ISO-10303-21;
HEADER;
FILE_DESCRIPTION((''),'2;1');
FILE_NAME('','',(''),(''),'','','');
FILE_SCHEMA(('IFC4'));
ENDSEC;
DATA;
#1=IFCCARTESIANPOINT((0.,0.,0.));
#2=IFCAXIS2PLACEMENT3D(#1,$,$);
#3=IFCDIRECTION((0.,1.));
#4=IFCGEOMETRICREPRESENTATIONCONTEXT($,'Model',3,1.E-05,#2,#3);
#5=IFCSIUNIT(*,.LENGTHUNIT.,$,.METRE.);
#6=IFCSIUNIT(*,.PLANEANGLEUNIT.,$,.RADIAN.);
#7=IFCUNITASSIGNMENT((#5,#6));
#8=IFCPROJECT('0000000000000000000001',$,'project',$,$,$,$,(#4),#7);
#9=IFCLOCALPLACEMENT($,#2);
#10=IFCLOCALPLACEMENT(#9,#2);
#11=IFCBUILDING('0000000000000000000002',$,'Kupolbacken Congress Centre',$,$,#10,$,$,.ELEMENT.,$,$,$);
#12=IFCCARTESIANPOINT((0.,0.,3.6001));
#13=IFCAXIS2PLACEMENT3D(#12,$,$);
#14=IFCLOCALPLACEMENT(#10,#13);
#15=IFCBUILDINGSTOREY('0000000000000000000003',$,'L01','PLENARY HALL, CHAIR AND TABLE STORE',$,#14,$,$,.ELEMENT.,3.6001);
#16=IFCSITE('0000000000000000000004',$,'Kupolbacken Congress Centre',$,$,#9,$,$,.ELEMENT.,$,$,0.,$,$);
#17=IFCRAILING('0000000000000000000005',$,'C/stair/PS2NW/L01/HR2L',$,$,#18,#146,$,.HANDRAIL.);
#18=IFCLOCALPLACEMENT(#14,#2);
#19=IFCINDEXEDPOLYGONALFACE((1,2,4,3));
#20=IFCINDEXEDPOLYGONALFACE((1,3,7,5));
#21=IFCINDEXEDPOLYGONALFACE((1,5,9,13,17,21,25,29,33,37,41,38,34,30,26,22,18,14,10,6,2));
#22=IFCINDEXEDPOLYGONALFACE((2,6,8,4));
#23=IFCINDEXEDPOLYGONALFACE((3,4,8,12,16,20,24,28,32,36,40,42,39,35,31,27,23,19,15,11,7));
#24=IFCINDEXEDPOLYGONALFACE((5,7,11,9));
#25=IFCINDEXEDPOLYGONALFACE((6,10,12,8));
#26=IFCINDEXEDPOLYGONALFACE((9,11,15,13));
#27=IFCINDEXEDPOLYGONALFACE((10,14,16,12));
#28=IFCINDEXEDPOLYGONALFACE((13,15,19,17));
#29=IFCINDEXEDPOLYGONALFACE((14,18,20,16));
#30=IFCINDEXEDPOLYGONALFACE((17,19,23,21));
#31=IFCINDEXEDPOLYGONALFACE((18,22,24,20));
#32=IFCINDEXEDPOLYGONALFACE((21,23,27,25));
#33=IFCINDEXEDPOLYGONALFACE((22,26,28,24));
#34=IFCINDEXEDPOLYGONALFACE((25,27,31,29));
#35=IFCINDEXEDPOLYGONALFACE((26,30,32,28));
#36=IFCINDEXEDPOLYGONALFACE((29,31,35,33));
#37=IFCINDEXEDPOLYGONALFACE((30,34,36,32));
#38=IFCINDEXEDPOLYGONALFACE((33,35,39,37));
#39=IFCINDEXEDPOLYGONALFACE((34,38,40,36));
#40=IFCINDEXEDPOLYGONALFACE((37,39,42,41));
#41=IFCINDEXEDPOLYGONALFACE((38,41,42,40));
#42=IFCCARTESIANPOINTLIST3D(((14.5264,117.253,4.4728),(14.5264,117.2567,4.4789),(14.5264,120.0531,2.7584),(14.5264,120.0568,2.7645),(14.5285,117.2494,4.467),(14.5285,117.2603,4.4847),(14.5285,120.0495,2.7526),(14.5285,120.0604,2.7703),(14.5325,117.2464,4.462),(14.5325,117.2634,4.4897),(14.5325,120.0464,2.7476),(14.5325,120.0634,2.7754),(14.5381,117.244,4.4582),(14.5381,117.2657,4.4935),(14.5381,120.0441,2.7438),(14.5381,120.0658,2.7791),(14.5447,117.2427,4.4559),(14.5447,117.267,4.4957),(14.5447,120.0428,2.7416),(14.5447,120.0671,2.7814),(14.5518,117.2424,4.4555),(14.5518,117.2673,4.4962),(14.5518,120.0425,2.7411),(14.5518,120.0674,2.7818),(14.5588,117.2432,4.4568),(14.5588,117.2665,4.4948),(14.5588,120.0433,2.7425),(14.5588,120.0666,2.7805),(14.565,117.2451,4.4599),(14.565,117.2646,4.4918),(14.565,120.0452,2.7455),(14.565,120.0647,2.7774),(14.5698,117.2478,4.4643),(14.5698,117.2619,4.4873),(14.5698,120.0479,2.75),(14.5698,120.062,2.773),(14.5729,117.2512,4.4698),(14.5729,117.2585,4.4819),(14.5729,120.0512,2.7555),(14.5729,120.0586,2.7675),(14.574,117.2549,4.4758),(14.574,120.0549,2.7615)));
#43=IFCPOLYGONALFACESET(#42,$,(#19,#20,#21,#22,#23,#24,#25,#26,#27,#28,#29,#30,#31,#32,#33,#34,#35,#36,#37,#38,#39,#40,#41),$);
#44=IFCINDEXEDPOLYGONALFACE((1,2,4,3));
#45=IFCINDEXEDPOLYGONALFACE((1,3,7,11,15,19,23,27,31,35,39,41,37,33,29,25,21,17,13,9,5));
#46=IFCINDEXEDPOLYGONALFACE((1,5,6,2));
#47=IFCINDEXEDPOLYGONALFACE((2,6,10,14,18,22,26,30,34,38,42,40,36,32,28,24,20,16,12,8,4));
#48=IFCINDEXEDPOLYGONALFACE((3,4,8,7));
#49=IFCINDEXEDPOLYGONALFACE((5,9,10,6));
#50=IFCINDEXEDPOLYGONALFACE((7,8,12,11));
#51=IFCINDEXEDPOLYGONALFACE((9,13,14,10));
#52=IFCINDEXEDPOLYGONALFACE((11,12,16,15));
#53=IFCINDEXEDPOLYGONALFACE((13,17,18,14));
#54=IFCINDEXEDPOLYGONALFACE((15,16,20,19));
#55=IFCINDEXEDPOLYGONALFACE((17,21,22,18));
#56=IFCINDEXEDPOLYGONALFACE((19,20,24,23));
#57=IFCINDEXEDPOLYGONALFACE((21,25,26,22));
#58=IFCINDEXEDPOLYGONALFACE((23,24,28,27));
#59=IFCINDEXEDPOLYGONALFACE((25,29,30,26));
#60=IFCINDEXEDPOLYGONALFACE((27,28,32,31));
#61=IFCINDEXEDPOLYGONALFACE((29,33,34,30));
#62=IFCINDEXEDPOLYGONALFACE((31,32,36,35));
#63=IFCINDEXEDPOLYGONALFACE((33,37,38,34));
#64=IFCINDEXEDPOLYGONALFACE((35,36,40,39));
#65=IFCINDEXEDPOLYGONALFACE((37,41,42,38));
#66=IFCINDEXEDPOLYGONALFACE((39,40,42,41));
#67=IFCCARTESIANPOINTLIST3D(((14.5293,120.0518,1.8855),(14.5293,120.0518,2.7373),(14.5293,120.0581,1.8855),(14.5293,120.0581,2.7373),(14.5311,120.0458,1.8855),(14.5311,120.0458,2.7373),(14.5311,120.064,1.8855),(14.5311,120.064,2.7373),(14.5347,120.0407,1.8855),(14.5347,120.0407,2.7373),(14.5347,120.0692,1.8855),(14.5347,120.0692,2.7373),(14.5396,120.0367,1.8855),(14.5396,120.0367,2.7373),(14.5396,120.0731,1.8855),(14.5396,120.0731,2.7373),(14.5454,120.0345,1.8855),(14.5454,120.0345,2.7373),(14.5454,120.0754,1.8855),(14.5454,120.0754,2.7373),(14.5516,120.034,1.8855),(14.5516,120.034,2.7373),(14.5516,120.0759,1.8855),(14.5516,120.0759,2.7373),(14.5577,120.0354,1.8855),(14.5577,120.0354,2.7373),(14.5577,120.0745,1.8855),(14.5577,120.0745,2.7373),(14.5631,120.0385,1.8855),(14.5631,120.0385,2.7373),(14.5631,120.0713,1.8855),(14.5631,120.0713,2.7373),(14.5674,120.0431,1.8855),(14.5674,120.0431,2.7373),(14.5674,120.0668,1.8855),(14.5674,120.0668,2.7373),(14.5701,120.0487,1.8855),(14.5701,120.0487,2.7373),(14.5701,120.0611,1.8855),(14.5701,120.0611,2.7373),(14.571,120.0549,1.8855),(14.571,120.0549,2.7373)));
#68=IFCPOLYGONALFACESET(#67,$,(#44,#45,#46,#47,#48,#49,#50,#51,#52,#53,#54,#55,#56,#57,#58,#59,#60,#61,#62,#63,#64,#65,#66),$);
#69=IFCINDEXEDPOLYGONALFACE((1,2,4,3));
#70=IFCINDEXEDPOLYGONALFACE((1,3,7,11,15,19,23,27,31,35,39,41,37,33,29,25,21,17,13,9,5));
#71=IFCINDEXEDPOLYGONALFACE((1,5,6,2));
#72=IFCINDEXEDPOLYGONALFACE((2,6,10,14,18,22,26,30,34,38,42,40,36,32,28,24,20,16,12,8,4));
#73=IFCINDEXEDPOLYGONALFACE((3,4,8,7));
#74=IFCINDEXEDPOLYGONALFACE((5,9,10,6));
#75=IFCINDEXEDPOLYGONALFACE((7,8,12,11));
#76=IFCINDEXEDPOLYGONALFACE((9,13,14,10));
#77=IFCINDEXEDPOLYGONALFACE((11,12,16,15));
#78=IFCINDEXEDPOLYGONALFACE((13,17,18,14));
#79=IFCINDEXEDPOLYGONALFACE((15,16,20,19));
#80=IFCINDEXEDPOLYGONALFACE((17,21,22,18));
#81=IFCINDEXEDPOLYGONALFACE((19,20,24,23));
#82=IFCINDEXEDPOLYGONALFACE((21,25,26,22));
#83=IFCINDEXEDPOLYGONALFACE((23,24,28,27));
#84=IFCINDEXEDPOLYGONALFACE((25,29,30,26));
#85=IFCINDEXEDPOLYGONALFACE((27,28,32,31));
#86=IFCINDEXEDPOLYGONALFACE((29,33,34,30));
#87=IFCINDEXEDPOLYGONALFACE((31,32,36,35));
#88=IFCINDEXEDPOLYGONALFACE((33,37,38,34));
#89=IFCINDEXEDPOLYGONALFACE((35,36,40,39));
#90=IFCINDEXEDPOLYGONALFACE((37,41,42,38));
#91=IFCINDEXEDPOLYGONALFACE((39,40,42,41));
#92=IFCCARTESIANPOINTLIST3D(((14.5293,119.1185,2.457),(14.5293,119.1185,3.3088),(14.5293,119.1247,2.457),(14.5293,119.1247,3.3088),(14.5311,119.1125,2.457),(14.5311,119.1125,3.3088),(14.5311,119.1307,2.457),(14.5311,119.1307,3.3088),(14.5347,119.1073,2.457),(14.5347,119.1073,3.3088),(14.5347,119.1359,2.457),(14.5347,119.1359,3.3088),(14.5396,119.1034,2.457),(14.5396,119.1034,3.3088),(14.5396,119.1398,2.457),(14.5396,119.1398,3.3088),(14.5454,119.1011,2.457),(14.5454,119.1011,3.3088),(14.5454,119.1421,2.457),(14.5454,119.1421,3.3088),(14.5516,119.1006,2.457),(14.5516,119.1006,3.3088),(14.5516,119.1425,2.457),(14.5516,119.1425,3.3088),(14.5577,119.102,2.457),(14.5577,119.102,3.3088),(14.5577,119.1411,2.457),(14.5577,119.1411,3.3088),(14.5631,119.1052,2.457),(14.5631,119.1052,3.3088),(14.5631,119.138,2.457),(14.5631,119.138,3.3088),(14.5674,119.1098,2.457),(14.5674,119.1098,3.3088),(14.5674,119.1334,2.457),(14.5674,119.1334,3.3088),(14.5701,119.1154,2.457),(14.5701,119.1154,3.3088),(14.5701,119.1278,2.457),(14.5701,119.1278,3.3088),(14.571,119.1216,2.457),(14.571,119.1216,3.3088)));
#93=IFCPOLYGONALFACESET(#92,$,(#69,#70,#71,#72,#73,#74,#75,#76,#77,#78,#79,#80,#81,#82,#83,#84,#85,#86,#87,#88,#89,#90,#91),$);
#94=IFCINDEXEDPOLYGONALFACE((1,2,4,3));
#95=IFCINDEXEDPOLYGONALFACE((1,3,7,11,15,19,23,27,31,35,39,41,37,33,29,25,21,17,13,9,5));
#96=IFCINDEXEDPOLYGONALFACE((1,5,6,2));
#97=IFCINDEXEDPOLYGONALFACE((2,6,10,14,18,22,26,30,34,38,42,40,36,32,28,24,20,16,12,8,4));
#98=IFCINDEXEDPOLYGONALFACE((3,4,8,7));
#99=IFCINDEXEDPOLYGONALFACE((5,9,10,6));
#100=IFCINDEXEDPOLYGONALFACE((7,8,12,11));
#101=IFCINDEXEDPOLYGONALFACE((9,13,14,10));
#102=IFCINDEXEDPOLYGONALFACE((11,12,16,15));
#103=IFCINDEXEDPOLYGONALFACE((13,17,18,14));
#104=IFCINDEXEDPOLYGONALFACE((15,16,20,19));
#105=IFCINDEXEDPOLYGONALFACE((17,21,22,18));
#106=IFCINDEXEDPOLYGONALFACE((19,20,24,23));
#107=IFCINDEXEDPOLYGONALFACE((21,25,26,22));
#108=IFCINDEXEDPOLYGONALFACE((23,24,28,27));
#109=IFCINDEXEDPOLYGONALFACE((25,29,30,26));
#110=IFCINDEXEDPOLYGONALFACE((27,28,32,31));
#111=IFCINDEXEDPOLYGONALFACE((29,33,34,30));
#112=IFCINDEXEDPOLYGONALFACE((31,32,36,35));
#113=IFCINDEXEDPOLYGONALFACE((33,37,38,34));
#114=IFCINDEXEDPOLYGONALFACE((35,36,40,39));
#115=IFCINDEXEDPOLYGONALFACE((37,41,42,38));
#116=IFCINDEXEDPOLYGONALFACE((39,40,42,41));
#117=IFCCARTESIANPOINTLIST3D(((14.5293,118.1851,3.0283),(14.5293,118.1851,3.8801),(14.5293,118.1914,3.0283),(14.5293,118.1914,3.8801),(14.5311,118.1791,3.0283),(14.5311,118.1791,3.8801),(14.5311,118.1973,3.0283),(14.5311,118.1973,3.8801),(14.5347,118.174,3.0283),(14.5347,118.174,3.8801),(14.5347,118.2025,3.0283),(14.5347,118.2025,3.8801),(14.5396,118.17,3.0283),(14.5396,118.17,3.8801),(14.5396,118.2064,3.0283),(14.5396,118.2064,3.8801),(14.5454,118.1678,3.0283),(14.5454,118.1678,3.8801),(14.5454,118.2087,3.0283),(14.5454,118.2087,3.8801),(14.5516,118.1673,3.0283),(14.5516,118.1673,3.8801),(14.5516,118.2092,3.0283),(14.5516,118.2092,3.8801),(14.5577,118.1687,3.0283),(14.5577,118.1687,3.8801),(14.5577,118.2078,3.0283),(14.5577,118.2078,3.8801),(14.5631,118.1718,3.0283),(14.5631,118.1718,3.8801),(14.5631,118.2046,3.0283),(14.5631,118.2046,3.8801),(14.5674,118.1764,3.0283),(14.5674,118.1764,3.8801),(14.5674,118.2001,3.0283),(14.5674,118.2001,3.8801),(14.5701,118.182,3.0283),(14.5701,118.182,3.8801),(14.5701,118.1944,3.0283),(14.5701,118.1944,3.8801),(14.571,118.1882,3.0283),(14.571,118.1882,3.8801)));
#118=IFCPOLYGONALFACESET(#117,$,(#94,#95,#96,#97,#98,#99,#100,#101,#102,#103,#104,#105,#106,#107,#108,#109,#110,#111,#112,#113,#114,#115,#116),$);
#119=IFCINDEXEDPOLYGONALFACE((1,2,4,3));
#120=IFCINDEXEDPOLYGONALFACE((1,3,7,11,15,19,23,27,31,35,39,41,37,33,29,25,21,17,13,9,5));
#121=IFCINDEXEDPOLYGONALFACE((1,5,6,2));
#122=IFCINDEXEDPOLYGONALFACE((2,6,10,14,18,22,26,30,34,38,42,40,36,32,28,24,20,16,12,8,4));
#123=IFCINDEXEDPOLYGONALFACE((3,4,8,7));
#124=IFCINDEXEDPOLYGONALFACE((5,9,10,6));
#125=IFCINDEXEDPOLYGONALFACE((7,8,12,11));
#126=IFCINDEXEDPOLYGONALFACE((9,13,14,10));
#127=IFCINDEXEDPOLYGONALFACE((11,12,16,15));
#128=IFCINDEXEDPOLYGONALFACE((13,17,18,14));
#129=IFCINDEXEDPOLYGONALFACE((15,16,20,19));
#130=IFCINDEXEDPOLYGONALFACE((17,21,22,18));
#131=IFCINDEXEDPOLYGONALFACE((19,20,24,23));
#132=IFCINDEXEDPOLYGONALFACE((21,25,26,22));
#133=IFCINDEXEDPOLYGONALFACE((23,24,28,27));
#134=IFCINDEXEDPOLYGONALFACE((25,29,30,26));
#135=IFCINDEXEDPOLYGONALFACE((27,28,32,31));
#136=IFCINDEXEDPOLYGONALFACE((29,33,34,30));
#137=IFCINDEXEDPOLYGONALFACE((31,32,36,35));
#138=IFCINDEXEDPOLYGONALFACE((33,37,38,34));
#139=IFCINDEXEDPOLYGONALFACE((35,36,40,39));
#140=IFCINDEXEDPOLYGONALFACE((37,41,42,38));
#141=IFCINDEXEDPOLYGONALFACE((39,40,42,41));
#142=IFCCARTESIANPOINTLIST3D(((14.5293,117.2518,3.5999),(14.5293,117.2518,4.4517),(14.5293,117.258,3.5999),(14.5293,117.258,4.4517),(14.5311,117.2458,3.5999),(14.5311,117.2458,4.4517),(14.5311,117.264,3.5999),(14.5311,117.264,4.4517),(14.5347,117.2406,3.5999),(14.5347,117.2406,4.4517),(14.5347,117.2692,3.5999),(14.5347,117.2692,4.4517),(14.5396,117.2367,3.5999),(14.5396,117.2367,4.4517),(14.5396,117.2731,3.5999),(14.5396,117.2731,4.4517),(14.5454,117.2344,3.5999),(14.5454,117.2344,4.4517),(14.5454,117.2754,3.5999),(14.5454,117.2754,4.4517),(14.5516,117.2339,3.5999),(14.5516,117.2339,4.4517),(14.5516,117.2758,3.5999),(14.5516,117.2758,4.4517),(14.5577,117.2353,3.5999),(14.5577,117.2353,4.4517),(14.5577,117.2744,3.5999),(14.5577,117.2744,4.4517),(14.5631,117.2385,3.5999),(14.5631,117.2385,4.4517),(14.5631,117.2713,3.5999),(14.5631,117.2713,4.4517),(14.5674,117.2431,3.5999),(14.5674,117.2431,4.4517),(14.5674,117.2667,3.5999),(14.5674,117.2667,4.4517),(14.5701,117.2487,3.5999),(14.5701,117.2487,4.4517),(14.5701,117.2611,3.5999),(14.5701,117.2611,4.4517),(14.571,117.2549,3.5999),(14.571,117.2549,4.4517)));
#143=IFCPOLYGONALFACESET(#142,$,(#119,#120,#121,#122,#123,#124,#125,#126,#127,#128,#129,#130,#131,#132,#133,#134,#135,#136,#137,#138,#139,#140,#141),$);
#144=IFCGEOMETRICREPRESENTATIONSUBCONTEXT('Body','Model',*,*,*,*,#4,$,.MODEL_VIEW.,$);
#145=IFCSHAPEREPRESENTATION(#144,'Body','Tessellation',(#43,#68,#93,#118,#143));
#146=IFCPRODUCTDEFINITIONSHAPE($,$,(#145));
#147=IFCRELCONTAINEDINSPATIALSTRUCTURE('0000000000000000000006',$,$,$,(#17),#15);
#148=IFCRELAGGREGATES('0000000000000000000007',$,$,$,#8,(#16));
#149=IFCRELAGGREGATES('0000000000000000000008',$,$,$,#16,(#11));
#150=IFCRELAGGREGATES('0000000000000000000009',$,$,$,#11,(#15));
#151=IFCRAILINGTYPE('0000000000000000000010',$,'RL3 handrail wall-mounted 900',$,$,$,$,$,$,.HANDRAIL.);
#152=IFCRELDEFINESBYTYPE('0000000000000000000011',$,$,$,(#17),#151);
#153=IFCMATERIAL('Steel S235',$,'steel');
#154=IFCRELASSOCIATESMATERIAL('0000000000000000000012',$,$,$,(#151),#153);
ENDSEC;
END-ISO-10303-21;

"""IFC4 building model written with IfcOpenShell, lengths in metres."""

from ifc_helpers import new_model, si_unit, direction, frame, origin, origin_2d, place, context, subcontext, project, spatial, circle, extrude, material, type_object, element, save


model = new_model("IFC4")

# Units and contexts
model_context = context("Model", 3, precision=1e-05, world=origin(), true_north=direction((0.0, 1.0)))
body_context = subcontext(model_context, "Body", "Model", "MODEL_VIEW")
ifc_project = project(units=[si_unit("LENGTHUNIT", "METRE"), si_unit("PLANEANGLEUNIT", "RADIAN")], contexts=[model_context])

# Site, building, storey
site_placement = place(None, origin())
site = spatial("IfcSite", under=ifc_project, at=site_placement, Name="Kupolbacken Congress Centre", CompositionType="ELEMENT", RefElevation=0.0)
building_placement = place(site_placement, origin())
building = spatial("IfcBuilding", under=site, at=building_placement, Name="Kupolbacken Congress Centre", CompositionType="ELEMENT")
storey_placement = place(building_placement, frame((0.0, 0.0, 3.6001)))
storey = spatial("IfcBuildingStorey", under=building, at=storey_placement, Name="L01", Description="PLENARY HALL, CHAIR AND TABLE STORE", CompositionType="ELEMENT", Elevation=3.6001)

# Railing
ifc_material_1 = material(Name="Steel S235", Category="steel")
railing_type = type_object("IfcRailingType", Name="RL3 handrail wall-mounted 900", PredefinedType="HANDRAIL", material=ifc_material_1)
for number, where, name in (
    (1, (14.55, 120.0549, 1.8855), "C/stair/PS2NW/L01/HR2L"),
):
    element("IfcRailing", number, at=place(storey_placement, frame(where)), inside=storey, type_object=railing_type, Name=name, PredefinedType="HANDRAIL", context=body_context, shape_type="SweptSolid", body=[
        extrude(circle(Radius=0.0239, at=origin_2d()), frame((0.0, 0.0, 0.876), z_axis=(0.0, -0.852846, 0.522163), x_axis=(1.0, 0.0, 0.0)), (0.0, 0.0, 1.0), 3.2832),
        extrude(circle(Radius=0.021, at=origin_2d()), origin(), (0.0, 0.0, 1.0), 0.8518),
        extrude(circle(Radius=0.021, at=origin_2d()), frame((0.0, -0.9333, 0.5715)), (0.0, 0.0, 1.0), 0.8518),
        extrude(circle(Radius=0.021, at=origin_2d()), frame((0.0, -1.8667, 1.1428)), (0.0, 0.0, 1.0), 0.8518),
        extrude(circle(Radius=0.021, at=origin_2d()), frame((0.0, -2.8, 1.7144)), (0.0, 0.0, 1.0), 0.8518),
    ])

save(model, "model.ifc")
